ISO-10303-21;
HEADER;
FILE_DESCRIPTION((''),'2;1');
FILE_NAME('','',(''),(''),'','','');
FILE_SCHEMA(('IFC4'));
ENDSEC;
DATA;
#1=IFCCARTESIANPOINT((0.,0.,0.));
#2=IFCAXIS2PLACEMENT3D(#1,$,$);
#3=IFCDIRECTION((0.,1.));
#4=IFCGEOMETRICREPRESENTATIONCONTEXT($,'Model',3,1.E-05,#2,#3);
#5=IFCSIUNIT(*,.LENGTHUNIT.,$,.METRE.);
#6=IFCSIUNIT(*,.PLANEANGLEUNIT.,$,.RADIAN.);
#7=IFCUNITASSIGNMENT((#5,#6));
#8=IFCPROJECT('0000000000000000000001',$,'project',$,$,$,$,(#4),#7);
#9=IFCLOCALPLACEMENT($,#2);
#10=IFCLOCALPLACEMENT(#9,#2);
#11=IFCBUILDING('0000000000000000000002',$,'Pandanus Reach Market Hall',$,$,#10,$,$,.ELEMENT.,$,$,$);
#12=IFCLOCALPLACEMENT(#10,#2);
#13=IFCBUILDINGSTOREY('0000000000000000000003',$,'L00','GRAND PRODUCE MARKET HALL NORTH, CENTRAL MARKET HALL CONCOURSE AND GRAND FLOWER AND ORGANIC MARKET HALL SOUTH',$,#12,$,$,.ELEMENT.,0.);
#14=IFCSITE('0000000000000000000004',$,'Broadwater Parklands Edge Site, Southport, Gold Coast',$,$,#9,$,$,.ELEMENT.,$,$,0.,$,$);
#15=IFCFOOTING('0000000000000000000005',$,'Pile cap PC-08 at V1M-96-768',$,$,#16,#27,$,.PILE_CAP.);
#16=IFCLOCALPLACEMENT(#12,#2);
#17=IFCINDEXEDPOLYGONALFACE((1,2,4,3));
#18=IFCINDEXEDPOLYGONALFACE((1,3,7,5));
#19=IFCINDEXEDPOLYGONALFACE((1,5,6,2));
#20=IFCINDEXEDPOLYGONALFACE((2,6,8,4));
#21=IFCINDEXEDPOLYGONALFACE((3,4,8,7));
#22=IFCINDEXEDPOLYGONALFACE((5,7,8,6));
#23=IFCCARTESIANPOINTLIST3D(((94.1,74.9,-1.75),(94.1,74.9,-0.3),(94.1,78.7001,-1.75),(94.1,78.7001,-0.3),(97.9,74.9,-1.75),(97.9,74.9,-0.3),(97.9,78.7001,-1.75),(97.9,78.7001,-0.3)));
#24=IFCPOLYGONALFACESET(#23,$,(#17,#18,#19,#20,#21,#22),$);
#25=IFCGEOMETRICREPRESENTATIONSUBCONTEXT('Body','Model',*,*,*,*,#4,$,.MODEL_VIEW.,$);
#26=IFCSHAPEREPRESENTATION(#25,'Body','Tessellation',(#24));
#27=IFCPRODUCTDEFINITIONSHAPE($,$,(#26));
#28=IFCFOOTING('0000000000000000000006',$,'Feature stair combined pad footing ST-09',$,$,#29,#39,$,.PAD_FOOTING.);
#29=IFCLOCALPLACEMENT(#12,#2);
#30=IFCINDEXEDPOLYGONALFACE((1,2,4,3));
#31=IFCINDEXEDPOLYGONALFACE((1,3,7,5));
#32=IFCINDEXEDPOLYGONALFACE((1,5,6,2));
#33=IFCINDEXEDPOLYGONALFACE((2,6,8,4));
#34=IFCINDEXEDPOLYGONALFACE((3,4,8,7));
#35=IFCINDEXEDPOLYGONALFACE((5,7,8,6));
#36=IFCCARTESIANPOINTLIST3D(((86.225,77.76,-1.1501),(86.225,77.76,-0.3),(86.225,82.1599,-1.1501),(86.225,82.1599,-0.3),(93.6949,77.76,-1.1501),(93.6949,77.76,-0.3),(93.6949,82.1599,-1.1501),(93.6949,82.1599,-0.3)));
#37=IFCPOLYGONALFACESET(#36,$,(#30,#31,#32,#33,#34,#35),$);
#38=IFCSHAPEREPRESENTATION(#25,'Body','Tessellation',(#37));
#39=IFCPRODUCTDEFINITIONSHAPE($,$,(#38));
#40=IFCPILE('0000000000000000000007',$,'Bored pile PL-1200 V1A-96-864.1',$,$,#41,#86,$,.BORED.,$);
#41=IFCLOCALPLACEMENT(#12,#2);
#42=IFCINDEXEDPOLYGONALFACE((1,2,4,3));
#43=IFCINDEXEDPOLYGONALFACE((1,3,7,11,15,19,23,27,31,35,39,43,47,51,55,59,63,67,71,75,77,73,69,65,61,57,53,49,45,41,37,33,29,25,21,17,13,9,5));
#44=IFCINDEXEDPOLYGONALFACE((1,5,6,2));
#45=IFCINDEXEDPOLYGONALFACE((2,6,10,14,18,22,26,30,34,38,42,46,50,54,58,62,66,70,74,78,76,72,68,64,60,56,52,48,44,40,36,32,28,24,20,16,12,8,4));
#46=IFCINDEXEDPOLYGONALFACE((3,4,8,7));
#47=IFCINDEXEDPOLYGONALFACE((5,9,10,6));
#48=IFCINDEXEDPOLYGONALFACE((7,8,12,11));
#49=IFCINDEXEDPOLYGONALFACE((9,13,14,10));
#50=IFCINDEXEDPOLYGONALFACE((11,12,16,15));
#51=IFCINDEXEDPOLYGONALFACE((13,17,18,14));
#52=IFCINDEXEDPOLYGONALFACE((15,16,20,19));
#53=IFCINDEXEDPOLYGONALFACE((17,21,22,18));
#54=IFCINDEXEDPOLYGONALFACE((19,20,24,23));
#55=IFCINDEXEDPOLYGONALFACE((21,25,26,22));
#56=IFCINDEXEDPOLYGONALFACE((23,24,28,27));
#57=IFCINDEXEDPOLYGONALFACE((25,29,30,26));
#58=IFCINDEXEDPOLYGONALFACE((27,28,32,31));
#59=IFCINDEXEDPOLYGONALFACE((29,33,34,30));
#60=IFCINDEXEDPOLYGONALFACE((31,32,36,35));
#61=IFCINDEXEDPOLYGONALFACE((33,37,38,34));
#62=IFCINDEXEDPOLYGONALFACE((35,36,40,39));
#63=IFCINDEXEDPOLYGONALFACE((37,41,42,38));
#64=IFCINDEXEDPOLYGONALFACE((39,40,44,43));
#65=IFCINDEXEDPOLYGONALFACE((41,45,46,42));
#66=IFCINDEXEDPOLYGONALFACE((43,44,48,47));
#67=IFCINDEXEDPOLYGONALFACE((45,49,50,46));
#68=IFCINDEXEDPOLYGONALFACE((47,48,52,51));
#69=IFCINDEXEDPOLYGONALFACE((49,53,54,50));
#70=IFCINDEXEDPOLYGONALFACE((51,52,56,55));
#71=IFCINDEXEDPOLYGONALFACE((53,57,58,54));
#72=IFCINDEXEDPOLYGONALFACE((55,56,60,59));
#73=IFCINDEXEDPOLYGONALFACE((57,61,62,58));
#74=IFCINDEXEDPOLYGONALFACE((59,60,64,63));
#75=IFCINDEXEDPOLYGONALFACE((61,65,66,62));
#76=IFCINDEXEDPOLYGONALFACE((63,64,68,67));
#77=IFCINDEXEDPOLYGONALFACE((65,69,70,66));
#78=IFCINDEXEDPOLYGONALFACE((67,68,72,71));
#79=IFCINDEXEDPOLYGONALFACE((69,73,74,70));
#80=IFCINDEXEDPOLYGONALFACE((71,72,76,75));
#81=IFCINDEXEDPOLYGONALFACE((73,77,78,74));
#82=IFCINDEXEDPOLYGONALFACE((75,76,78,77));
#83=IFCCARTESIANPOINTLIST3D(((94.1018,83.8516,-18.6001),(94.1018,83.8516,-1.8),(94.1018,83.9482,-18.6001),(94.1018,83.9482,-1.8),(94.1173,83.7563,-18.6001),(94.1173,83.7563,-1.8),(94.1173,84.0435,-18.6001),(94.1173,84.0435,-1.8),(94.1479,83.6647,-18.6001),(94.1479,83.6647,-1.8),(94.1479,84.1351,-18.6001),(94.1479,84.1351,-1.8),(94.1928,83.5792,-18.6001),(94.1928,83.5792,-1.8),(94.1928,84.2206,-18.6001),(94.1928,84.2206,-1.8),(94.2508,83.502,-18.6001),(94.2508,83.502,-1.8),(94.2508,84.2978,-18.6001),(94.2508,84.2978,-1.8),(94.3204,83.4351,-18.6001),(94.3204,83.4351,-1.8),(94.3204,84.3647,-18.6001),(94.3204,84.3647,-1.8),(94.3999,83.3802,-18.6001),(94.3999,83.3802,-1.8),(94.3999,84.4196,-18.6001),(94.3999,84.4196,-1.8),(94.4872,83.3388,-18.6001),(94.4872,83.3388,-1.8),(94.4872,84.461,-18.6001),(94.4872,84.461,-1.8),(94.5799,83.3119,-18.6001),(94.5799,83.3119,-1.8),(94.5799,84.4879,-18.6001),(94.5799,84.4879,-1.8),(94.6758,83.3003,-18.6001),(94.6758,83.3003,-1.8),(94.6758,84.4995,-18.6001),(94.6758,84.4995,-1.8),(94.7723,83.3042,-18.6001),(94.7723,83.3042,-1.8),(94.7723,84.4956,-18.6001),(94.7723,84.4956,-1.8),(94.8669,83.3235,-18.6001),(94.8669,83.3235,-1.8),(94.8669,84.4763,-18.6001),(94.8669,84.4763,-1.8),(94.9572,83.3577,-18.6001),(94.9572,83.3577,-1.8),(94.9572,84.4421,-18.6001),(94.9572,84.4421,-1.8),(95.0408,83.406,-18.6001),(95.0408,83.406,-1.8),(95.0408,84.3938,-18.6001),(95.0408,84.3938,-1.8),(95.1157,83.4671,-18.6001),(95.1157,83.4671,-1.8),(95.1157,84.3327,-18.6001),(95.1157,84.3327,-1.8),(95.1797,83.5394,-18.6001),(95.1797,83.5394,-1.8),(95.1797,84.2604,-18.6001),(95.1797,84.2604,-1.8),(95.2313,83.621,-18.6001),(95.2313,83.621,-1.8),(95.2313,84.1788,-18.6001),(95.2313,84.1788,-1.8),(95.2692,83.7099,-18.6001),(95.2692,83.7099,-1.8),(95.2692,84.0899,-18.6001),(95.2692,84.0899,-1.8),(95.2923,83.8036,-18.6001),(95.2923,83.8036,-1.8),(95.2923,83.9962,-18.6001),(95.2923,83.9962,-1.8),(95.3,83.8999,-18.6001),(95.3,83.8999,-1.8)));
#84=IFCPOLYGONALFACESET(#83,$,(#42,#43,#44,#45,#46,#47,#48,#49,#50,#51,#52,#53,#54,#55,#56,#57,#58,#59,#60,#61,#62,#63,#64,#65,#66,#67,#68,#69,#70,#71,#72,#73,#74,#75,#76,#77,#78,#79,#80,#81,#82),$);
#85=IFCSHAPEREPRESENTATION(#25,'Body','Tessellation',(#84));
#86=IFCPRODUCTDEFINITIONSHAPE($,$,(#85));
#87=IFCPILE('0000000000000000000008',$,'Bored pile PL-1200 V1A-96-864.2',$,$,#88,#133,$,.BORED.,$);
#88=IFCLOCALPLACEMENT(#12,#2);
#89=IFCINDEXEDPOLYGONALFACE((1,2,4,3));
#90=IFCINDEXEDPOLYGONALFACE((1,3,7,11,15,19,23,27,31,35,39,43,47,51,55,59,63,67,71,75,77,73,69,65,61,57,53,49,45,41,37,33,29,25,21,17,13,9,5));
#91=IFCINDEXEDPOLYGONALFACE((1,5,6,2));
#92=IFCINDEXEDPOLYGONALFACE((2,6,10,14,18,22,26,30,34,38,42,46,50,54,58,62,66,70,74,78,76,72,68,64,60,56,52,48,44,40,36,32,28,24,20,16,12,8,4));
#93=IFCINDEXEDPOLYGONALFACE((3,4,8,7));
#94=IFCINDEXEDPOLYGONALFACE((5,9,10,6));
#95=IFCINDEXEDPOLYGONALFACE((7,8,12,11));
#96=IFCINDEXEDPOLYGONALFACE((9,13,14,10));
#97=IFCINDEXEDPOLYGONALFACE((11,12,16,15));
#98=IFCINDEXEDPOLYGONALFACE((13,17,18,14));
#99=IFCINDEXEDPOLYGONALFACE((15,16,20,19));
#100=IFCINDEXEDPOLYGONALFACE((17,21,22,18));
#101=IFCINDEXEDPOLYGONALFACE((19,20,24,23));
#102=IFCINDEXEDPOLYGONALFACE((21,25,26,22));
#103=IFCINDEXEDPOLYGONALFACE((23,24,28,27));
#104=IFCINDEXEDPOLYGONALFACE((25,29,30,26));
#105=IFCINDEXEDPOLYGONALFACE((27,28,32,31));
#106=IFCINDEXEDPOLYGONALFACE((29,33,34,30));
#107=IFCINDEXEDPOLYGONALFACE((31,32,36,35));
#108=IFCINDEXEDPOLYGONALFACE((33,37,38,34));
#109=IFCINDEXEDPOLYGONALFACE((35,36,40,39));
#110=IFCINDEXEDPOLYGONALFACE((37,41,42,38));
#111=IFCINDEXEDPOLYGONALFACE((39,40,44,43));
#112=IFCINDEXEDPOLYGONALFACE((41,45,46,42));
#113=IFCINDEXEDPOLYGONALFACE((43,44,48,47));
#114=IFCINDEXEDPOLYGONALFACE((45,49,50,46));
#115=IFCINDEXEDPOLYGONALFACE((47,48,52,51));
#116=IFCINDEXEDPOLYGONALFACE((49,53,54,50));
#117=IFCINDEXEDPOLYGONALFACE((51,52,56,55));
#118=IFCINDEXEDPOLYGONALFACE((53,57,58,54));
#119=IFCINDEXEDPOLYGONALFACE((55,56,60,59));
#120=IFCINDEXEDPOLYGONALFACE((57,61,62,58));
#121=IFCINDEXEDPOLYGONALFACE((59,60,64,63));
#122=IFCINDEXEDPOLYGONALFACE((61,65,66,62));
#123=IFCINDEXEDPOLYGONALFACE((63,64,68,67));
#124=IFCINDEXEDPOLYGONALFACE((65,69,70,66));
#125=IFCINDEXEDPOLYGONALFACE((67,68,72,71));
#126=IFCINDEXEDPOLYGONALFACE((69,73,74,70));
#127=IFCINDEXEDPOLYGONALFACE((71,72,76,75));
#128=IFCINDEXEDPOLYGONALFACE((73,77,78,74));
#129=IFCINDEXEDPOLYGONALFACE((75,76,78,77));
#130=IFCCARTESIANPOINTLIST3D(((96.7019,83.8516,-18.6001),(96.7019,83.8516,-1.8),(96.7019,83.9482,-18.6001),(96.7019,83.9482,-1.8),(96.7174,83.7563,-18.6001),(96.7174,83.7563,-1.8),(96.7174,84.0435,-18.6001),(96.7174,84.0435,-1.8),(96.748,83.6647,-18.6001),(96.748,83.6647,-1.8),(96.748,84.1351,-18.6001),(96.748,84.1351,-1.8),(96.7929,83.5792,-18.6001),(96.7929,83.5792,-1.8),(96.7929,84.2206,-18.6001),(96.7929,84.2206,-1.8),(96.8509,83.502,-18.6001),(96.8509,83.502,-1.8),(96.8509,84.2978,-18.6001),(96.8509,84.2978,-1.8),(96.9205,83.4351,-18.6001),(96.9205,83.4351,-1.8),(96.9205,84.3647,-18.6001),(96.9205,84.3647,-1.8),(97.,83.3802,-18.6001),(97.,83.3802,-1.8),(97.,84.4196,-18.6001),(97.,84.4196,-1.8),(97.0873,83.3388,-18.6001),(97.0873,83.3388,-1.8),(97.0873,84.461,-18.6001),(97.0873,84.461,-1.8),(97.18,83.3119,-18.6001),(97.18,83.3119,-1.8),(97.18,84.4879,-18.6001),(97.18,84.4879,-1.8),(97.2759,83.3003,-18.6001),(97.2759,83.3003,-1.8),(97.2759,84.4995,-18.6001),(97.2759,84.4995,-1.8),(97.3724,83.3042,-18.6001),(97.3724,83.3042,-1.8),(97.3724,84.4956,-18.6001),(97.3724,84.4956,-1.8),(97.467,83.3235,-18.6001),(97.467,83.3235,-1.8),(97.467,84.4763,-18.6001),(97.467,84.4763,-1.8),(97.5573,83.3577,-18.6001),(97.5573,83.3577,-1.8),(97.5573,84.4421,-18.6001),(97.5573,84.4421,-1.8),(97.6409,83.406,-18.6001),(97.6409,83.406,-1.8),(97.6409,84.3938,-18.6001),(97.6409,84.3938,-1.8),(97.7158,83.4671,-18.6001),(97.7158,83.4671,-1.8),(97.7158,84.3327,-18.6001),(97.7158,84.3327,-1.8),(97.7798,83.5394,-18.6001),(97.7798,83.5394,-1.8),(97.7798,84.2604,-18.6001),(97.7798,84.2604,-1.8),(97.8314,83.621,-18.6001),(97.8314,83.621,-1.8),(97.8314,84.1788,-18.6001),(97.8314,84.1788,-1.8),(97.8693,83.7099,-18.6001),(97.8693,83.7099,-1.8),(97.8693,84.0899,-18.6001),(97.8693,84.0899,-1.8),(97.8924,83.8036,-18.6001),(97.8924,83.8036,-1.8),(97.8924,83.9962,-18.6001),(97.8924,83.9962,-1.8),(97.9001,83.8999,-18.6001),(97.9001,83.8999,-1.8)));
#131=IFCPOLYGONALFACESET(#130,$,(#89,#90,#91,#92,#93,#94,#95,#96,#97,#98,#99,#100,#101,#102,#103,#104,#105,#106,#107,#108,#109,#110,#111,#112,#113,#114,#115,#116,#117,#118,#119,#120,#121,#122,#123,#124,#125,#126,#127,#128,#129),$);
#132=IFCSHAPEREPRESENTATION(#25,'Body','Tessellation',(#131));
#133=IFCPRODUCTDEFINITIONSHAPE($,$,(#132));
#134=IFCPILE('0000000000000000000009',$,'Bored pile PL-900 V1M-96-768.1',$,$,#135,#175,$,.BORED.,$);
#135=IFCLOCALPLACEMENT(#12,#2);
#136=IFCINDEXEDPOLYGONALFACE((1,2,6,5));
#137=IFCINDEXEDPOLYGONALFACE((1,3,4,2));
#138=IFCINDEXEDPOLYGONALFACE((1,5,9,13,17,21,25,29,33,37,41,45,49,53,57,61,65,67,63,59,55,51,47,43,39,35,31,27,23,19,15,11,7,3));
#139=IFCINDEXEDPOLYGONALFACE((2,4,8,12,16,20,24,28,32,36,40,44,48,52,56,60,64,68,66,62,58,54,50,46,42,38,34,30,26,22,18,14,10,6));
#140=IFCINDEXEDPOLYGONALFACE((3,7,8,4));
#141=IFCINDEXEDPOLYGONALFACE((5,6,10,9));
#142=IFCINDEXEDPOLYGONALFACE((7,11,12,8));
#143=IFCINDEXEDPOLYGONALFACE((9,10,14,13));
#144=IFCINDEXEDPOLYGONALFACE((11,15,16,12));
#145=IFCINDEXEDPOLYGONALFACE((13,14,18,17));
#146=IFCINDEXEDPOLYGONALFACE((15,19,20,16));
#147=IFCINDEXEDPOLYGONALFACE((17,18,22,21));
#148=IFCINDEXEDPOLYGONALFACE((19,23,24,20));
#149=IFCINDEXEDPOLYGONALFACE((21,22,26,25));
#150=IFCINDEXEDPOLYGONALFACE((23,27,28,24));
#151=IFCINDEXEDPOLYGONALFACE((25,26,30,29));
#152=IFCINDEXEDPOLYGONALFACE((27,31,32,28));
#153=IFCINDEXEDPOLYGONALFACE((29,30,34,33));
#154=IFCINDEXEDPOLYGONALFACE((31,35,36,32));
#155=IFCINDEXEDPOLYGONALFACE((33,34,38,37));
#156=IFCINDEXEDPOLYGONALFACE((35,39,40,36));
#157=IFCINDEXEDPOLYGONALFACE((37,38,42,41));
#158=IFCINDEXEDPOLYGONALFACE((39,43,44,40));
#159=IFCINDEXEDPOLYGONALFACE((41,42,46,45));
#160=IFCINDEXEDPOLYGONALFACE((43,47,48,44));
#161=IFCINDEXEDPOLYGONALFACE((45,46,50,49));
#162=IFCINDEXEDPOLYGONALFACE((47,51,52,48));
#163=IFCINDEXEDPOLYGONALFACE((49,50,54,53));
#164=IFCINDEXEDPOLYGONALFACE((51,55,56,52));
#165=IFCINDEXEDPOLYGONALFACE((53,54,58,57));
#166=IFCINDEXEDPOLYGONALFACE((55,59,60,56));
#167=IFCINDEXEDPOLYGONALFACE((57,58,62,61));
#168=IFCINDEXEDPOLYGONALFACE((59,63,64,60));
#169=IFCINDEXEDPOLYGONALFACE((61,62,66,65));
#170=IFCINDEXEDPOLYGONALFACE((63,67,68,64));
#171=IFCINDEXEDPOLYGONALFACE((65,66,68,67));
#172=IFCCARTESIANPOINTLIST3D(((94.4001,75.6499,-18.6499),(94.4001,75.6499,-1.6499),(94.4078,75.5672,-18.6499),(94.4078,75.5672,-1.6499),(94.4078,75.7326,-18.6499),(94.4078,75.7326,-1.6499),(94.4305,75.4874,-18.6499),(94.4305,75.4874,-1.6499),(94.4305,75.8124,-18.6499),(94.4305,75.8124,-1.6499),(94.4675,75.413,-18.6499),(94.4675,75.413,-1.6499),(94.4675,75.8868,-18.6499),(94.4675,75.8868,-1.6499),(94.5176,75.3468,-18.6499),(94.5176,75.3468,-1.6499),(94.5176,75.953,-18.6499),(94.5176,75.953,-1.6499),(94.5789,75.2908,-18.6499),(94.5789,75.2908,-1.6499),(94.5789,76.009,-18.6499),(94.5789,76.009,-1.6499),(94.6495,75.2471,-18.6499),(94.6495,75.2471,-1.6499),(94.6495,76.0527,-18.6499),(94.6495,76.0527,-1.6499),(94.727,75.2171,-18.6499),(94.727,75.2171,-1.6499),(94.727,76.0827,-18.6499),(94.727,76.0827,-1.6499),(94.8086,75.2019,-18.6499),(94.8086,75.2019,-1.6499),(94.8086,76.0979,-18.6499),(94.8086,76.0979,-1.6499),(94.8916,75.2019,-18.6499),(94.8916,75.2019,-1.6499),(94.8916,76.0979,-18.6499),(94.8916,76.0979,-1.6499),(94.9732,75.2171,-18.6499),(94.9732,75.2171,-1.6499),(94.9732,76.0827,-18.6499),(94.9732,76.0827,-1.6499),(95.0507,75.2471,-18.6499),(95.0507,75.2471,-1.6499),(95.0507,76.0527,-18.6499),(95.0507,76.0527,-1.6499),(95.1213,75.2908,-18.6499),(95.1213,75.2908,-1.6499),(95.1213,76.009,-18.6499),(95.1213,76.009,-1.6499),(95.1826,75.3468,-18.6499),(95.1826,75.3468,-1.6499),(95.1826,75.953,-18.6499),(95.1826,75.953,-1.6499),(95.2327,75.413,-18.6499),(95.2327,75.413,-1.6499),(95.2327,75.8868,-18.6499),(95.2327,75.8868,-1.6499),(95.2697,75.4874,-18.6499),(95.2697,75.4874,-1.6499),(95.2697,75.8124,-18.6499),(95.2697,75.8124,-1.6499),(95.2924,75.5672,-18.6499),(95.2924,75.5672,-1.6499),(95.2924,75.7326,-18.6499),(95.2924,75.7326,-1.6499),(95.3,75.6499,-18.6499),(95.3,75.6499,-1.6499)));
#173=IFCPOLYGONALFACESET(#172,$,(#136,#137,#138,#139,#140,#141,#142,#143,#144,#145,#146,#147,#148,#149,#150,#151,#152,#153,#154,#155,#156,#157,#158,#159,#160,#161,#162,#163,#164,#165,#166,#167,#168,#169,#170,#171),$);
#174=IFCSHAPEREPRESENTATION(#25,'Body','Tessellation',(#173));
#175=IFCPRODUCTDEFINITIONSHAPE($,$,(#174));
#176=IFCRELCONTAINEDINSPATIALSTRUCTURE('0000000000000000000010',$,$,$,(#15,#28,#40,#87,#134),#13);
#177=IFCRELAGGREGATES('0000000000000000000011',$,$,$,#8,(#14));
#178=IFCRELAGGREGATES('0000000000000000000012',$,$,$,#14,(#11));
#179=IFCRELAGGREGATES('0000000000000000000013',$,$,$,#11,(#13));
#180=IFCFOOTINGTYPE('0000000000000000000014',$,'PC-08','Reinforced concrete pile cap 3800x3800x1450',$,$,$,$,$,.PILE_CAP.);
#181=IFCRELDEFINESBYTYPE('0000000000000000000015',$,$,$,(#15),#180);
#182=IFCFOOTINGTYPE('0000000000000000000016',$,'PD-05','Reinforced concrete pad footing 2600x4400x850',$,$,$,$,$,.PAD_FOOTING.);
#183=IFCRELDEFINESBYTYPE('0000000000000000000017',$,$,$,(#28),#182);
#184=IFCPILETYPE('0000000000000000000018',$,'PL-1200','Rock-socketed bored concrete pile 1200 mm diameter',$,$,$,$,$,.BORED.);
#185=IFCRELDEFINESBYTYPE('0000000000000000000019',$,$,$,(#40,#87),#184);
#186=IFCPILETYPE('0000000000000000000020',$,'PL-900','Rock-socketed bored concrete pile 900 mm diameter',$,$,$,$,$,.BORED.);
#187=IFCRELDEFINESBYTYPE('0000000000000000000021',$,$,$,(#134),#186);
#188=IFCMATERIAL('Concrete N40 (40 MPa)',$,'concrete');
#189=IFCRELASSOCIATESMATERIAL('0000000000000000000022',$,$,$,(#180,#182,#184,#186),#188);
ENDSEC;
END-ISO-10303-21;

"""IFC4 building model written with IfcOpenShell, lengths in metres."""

from ifc_helpers import new_model, si_unit, direction, frame, origin, origin_2d, place, context, subcontext, project, spatial, rectangle, circle, extrude, material, material_profile, profile_set, type_object, element, save


model = new_model("IFC4")

# Units and contexts
model_context = context("Model", 3, precision=1e-05, world=origin(), true_north=direction((0.0, 1.0)))
body_context = subcontext(model_context, "Body", "Model", "MODEL_VIEW")
ifc_project = project(units=[si_unit("LENGTHUNIT", "METRE"), si_unit("PLANEANGLEUNIT", "RADIAN")], contexts=[model_context])

# Site, building, storey
site_placement = place(None, origin())
site = spatial("IfcSite", under=ifc_project, at=site_placement, Name="Broadwater Parklands Edge Site, Southport, Gold Coast", CompositionType="ELEMENT", RefElevation=0.0)
building_placement = place(site_placement, origin())
building = spatial("IfcBuilding", under=site, at=building_placement, Name="Pandanus Reach Market Hall", CompositionType="ELEMENT")
storey_placement = place(building_placement, origin())
storey = spatial("IfcBuildingStorey", under=building, at=storey_placement, Name="L00", Description="GRAND PRODUCE MARKET HALL NORTH, CENTRAL MARKET HALL CONCOURSE AND GRAND FLOWER AND ORGANIC MARKET HALL SOUTH", CompositionType="ELEMENT", Elevation=0.0)

# Footings
ifc_material_1 = material(Name="Concrete N40 (40 MPa)", Category="concrete")
footing_type_1 = type_object("IfcFootingType", Name="PC-08", Description="Reinforced concrete pile cap 3800x3800x1450", PredefinedType="PILE_CAP", material=ifc_material_1)
footing_1_placement = place(storey_placement, frame((96.0, 76.8, -1.75), z_axis=(0.0, 0.0, 1.0), x_axis=(1.0, 0.0, 0.0)))
element("IfcFooting", 1, at=footing_1_placement, inside=storey, type_object=footing_type_1, Name="Pile cap PC-08 at V1M-96-768", PredefinedType="PILE_CAP", context=body_context, shape_type="SweptSolid", body=[
    extrude(rectangle(XDim=3.8, YDim=3.8, at=origin_2d()), origin(), (0.0, 0.0, 1.0), 1.45),
])
footing_type_2 = type_object("IfcFootingType", Name="PD-05", Description="Reinforced concrete pad footing 2600x4400x850", PredefinedType="PAD_FOOTING", material=ifc_material_1)
footing_2_placement = place(storey_placement, frame((89.96, 79.96, -1.1501), z_axis=(0.0, 0.0, 1.0), x_axis=(1.0, 0.0, 0.0)))
element("IfcFooting", 2, at=footing_2_placement, inside=storey, type_object=footing_type_2, Name="Feature stair combined pad footing ST-09", PredefinedType="PAD_FOOTING", context=body_context, shape_type="SweptSolid", body=[
    extrude(rectangle(XDim=7.47, YDim=4.3999, at=origin_2d()), origin(), (0.0, 0.0, 1.0), 0.8501),
])

# Piles
ifc_material_profile_1 = material_profile(ifc_material_1, circle(Radius=0.6001, at=origin_2d()), Name="PILE-1200D", Category="LoadBearing")
ifc_profile_set_1 = profile_set([ifc_material_profile_1], Name="Concrete N40 (40 MPa)")
pile_type_1 = type_object("IfcPileType", Name="PL-1200", Description="Rock-socketed bored concrete pile 1200 mm diameter", PredefinedType="BORED", material=ifc_profile_set_1)
for number, where, z_axis, x_axis, name in (
    (3, (94.7, 83.8999, -1.8), (0.0, 0.0, -1.0), (1.0, 0.0, 0.0), "Bored pile PL-1200 V1A-96-864.1"),
    (4, (97.3, 83.8999, -1.8), (0.0, 0.0, -1.0), (1.0, 0.0, 0.0), "Bored pile PL-1200 V1A-96-864.2"),
):
    element("IfcPile", number, at=place(storey_placement, frame(where, z_axis=z_axis, x_axis=x_axis)), inside=storey, type_object=pile_type_1, Name=name, PredefinedType="BORED", context=body_context, shape_type="SweptSolid", body=[
        extrude(circle(Radius=0.6001, at=origin_2d()), origin(), (0.0, 0.0, 1.0), 16.8),
    ])
ifc_material_profile_2 = material_profile(ifc_material_1, circle(Radius=0.45, at=origin_2d()), Name="PILE-900D", Category="LoadBearing")
ifc_profile_set_2 = profile_set([ifc_material_profile_2], Name="Concrete N40 (40 MPa)")
pile_type_2 = type_object("IfcPileType", Name="PL-900", Description="Rock-socketed bored concrete pile 900 mm diameter", PredefinedType="BORED", material=ifc_profile_set_2)
for number, where, z_axis, x_axis, name in (
    (5, (94.8501, 75.6499, -1.6499), (0.0, 0.0, -1.0), (1.0, 0.0, 0.0), "Bored pile PL-900 V1M-96-768.1"),
):
    element("IfcPile", number, at=place(storey_placement, frame(where, z_axis=z_axis, x_axis=x_axis)), inside=storey, type_object=pile_type_2, Name=name, PredefinedType="BORED", context=body_context, shape_type="SweptSolid", body=[
        extrude(circle(Radius=0.45, at=origin_2d()), origin(), (0.0, 0.0, 1.0), 17.0),
    ])

save(model, "model.ifc")
